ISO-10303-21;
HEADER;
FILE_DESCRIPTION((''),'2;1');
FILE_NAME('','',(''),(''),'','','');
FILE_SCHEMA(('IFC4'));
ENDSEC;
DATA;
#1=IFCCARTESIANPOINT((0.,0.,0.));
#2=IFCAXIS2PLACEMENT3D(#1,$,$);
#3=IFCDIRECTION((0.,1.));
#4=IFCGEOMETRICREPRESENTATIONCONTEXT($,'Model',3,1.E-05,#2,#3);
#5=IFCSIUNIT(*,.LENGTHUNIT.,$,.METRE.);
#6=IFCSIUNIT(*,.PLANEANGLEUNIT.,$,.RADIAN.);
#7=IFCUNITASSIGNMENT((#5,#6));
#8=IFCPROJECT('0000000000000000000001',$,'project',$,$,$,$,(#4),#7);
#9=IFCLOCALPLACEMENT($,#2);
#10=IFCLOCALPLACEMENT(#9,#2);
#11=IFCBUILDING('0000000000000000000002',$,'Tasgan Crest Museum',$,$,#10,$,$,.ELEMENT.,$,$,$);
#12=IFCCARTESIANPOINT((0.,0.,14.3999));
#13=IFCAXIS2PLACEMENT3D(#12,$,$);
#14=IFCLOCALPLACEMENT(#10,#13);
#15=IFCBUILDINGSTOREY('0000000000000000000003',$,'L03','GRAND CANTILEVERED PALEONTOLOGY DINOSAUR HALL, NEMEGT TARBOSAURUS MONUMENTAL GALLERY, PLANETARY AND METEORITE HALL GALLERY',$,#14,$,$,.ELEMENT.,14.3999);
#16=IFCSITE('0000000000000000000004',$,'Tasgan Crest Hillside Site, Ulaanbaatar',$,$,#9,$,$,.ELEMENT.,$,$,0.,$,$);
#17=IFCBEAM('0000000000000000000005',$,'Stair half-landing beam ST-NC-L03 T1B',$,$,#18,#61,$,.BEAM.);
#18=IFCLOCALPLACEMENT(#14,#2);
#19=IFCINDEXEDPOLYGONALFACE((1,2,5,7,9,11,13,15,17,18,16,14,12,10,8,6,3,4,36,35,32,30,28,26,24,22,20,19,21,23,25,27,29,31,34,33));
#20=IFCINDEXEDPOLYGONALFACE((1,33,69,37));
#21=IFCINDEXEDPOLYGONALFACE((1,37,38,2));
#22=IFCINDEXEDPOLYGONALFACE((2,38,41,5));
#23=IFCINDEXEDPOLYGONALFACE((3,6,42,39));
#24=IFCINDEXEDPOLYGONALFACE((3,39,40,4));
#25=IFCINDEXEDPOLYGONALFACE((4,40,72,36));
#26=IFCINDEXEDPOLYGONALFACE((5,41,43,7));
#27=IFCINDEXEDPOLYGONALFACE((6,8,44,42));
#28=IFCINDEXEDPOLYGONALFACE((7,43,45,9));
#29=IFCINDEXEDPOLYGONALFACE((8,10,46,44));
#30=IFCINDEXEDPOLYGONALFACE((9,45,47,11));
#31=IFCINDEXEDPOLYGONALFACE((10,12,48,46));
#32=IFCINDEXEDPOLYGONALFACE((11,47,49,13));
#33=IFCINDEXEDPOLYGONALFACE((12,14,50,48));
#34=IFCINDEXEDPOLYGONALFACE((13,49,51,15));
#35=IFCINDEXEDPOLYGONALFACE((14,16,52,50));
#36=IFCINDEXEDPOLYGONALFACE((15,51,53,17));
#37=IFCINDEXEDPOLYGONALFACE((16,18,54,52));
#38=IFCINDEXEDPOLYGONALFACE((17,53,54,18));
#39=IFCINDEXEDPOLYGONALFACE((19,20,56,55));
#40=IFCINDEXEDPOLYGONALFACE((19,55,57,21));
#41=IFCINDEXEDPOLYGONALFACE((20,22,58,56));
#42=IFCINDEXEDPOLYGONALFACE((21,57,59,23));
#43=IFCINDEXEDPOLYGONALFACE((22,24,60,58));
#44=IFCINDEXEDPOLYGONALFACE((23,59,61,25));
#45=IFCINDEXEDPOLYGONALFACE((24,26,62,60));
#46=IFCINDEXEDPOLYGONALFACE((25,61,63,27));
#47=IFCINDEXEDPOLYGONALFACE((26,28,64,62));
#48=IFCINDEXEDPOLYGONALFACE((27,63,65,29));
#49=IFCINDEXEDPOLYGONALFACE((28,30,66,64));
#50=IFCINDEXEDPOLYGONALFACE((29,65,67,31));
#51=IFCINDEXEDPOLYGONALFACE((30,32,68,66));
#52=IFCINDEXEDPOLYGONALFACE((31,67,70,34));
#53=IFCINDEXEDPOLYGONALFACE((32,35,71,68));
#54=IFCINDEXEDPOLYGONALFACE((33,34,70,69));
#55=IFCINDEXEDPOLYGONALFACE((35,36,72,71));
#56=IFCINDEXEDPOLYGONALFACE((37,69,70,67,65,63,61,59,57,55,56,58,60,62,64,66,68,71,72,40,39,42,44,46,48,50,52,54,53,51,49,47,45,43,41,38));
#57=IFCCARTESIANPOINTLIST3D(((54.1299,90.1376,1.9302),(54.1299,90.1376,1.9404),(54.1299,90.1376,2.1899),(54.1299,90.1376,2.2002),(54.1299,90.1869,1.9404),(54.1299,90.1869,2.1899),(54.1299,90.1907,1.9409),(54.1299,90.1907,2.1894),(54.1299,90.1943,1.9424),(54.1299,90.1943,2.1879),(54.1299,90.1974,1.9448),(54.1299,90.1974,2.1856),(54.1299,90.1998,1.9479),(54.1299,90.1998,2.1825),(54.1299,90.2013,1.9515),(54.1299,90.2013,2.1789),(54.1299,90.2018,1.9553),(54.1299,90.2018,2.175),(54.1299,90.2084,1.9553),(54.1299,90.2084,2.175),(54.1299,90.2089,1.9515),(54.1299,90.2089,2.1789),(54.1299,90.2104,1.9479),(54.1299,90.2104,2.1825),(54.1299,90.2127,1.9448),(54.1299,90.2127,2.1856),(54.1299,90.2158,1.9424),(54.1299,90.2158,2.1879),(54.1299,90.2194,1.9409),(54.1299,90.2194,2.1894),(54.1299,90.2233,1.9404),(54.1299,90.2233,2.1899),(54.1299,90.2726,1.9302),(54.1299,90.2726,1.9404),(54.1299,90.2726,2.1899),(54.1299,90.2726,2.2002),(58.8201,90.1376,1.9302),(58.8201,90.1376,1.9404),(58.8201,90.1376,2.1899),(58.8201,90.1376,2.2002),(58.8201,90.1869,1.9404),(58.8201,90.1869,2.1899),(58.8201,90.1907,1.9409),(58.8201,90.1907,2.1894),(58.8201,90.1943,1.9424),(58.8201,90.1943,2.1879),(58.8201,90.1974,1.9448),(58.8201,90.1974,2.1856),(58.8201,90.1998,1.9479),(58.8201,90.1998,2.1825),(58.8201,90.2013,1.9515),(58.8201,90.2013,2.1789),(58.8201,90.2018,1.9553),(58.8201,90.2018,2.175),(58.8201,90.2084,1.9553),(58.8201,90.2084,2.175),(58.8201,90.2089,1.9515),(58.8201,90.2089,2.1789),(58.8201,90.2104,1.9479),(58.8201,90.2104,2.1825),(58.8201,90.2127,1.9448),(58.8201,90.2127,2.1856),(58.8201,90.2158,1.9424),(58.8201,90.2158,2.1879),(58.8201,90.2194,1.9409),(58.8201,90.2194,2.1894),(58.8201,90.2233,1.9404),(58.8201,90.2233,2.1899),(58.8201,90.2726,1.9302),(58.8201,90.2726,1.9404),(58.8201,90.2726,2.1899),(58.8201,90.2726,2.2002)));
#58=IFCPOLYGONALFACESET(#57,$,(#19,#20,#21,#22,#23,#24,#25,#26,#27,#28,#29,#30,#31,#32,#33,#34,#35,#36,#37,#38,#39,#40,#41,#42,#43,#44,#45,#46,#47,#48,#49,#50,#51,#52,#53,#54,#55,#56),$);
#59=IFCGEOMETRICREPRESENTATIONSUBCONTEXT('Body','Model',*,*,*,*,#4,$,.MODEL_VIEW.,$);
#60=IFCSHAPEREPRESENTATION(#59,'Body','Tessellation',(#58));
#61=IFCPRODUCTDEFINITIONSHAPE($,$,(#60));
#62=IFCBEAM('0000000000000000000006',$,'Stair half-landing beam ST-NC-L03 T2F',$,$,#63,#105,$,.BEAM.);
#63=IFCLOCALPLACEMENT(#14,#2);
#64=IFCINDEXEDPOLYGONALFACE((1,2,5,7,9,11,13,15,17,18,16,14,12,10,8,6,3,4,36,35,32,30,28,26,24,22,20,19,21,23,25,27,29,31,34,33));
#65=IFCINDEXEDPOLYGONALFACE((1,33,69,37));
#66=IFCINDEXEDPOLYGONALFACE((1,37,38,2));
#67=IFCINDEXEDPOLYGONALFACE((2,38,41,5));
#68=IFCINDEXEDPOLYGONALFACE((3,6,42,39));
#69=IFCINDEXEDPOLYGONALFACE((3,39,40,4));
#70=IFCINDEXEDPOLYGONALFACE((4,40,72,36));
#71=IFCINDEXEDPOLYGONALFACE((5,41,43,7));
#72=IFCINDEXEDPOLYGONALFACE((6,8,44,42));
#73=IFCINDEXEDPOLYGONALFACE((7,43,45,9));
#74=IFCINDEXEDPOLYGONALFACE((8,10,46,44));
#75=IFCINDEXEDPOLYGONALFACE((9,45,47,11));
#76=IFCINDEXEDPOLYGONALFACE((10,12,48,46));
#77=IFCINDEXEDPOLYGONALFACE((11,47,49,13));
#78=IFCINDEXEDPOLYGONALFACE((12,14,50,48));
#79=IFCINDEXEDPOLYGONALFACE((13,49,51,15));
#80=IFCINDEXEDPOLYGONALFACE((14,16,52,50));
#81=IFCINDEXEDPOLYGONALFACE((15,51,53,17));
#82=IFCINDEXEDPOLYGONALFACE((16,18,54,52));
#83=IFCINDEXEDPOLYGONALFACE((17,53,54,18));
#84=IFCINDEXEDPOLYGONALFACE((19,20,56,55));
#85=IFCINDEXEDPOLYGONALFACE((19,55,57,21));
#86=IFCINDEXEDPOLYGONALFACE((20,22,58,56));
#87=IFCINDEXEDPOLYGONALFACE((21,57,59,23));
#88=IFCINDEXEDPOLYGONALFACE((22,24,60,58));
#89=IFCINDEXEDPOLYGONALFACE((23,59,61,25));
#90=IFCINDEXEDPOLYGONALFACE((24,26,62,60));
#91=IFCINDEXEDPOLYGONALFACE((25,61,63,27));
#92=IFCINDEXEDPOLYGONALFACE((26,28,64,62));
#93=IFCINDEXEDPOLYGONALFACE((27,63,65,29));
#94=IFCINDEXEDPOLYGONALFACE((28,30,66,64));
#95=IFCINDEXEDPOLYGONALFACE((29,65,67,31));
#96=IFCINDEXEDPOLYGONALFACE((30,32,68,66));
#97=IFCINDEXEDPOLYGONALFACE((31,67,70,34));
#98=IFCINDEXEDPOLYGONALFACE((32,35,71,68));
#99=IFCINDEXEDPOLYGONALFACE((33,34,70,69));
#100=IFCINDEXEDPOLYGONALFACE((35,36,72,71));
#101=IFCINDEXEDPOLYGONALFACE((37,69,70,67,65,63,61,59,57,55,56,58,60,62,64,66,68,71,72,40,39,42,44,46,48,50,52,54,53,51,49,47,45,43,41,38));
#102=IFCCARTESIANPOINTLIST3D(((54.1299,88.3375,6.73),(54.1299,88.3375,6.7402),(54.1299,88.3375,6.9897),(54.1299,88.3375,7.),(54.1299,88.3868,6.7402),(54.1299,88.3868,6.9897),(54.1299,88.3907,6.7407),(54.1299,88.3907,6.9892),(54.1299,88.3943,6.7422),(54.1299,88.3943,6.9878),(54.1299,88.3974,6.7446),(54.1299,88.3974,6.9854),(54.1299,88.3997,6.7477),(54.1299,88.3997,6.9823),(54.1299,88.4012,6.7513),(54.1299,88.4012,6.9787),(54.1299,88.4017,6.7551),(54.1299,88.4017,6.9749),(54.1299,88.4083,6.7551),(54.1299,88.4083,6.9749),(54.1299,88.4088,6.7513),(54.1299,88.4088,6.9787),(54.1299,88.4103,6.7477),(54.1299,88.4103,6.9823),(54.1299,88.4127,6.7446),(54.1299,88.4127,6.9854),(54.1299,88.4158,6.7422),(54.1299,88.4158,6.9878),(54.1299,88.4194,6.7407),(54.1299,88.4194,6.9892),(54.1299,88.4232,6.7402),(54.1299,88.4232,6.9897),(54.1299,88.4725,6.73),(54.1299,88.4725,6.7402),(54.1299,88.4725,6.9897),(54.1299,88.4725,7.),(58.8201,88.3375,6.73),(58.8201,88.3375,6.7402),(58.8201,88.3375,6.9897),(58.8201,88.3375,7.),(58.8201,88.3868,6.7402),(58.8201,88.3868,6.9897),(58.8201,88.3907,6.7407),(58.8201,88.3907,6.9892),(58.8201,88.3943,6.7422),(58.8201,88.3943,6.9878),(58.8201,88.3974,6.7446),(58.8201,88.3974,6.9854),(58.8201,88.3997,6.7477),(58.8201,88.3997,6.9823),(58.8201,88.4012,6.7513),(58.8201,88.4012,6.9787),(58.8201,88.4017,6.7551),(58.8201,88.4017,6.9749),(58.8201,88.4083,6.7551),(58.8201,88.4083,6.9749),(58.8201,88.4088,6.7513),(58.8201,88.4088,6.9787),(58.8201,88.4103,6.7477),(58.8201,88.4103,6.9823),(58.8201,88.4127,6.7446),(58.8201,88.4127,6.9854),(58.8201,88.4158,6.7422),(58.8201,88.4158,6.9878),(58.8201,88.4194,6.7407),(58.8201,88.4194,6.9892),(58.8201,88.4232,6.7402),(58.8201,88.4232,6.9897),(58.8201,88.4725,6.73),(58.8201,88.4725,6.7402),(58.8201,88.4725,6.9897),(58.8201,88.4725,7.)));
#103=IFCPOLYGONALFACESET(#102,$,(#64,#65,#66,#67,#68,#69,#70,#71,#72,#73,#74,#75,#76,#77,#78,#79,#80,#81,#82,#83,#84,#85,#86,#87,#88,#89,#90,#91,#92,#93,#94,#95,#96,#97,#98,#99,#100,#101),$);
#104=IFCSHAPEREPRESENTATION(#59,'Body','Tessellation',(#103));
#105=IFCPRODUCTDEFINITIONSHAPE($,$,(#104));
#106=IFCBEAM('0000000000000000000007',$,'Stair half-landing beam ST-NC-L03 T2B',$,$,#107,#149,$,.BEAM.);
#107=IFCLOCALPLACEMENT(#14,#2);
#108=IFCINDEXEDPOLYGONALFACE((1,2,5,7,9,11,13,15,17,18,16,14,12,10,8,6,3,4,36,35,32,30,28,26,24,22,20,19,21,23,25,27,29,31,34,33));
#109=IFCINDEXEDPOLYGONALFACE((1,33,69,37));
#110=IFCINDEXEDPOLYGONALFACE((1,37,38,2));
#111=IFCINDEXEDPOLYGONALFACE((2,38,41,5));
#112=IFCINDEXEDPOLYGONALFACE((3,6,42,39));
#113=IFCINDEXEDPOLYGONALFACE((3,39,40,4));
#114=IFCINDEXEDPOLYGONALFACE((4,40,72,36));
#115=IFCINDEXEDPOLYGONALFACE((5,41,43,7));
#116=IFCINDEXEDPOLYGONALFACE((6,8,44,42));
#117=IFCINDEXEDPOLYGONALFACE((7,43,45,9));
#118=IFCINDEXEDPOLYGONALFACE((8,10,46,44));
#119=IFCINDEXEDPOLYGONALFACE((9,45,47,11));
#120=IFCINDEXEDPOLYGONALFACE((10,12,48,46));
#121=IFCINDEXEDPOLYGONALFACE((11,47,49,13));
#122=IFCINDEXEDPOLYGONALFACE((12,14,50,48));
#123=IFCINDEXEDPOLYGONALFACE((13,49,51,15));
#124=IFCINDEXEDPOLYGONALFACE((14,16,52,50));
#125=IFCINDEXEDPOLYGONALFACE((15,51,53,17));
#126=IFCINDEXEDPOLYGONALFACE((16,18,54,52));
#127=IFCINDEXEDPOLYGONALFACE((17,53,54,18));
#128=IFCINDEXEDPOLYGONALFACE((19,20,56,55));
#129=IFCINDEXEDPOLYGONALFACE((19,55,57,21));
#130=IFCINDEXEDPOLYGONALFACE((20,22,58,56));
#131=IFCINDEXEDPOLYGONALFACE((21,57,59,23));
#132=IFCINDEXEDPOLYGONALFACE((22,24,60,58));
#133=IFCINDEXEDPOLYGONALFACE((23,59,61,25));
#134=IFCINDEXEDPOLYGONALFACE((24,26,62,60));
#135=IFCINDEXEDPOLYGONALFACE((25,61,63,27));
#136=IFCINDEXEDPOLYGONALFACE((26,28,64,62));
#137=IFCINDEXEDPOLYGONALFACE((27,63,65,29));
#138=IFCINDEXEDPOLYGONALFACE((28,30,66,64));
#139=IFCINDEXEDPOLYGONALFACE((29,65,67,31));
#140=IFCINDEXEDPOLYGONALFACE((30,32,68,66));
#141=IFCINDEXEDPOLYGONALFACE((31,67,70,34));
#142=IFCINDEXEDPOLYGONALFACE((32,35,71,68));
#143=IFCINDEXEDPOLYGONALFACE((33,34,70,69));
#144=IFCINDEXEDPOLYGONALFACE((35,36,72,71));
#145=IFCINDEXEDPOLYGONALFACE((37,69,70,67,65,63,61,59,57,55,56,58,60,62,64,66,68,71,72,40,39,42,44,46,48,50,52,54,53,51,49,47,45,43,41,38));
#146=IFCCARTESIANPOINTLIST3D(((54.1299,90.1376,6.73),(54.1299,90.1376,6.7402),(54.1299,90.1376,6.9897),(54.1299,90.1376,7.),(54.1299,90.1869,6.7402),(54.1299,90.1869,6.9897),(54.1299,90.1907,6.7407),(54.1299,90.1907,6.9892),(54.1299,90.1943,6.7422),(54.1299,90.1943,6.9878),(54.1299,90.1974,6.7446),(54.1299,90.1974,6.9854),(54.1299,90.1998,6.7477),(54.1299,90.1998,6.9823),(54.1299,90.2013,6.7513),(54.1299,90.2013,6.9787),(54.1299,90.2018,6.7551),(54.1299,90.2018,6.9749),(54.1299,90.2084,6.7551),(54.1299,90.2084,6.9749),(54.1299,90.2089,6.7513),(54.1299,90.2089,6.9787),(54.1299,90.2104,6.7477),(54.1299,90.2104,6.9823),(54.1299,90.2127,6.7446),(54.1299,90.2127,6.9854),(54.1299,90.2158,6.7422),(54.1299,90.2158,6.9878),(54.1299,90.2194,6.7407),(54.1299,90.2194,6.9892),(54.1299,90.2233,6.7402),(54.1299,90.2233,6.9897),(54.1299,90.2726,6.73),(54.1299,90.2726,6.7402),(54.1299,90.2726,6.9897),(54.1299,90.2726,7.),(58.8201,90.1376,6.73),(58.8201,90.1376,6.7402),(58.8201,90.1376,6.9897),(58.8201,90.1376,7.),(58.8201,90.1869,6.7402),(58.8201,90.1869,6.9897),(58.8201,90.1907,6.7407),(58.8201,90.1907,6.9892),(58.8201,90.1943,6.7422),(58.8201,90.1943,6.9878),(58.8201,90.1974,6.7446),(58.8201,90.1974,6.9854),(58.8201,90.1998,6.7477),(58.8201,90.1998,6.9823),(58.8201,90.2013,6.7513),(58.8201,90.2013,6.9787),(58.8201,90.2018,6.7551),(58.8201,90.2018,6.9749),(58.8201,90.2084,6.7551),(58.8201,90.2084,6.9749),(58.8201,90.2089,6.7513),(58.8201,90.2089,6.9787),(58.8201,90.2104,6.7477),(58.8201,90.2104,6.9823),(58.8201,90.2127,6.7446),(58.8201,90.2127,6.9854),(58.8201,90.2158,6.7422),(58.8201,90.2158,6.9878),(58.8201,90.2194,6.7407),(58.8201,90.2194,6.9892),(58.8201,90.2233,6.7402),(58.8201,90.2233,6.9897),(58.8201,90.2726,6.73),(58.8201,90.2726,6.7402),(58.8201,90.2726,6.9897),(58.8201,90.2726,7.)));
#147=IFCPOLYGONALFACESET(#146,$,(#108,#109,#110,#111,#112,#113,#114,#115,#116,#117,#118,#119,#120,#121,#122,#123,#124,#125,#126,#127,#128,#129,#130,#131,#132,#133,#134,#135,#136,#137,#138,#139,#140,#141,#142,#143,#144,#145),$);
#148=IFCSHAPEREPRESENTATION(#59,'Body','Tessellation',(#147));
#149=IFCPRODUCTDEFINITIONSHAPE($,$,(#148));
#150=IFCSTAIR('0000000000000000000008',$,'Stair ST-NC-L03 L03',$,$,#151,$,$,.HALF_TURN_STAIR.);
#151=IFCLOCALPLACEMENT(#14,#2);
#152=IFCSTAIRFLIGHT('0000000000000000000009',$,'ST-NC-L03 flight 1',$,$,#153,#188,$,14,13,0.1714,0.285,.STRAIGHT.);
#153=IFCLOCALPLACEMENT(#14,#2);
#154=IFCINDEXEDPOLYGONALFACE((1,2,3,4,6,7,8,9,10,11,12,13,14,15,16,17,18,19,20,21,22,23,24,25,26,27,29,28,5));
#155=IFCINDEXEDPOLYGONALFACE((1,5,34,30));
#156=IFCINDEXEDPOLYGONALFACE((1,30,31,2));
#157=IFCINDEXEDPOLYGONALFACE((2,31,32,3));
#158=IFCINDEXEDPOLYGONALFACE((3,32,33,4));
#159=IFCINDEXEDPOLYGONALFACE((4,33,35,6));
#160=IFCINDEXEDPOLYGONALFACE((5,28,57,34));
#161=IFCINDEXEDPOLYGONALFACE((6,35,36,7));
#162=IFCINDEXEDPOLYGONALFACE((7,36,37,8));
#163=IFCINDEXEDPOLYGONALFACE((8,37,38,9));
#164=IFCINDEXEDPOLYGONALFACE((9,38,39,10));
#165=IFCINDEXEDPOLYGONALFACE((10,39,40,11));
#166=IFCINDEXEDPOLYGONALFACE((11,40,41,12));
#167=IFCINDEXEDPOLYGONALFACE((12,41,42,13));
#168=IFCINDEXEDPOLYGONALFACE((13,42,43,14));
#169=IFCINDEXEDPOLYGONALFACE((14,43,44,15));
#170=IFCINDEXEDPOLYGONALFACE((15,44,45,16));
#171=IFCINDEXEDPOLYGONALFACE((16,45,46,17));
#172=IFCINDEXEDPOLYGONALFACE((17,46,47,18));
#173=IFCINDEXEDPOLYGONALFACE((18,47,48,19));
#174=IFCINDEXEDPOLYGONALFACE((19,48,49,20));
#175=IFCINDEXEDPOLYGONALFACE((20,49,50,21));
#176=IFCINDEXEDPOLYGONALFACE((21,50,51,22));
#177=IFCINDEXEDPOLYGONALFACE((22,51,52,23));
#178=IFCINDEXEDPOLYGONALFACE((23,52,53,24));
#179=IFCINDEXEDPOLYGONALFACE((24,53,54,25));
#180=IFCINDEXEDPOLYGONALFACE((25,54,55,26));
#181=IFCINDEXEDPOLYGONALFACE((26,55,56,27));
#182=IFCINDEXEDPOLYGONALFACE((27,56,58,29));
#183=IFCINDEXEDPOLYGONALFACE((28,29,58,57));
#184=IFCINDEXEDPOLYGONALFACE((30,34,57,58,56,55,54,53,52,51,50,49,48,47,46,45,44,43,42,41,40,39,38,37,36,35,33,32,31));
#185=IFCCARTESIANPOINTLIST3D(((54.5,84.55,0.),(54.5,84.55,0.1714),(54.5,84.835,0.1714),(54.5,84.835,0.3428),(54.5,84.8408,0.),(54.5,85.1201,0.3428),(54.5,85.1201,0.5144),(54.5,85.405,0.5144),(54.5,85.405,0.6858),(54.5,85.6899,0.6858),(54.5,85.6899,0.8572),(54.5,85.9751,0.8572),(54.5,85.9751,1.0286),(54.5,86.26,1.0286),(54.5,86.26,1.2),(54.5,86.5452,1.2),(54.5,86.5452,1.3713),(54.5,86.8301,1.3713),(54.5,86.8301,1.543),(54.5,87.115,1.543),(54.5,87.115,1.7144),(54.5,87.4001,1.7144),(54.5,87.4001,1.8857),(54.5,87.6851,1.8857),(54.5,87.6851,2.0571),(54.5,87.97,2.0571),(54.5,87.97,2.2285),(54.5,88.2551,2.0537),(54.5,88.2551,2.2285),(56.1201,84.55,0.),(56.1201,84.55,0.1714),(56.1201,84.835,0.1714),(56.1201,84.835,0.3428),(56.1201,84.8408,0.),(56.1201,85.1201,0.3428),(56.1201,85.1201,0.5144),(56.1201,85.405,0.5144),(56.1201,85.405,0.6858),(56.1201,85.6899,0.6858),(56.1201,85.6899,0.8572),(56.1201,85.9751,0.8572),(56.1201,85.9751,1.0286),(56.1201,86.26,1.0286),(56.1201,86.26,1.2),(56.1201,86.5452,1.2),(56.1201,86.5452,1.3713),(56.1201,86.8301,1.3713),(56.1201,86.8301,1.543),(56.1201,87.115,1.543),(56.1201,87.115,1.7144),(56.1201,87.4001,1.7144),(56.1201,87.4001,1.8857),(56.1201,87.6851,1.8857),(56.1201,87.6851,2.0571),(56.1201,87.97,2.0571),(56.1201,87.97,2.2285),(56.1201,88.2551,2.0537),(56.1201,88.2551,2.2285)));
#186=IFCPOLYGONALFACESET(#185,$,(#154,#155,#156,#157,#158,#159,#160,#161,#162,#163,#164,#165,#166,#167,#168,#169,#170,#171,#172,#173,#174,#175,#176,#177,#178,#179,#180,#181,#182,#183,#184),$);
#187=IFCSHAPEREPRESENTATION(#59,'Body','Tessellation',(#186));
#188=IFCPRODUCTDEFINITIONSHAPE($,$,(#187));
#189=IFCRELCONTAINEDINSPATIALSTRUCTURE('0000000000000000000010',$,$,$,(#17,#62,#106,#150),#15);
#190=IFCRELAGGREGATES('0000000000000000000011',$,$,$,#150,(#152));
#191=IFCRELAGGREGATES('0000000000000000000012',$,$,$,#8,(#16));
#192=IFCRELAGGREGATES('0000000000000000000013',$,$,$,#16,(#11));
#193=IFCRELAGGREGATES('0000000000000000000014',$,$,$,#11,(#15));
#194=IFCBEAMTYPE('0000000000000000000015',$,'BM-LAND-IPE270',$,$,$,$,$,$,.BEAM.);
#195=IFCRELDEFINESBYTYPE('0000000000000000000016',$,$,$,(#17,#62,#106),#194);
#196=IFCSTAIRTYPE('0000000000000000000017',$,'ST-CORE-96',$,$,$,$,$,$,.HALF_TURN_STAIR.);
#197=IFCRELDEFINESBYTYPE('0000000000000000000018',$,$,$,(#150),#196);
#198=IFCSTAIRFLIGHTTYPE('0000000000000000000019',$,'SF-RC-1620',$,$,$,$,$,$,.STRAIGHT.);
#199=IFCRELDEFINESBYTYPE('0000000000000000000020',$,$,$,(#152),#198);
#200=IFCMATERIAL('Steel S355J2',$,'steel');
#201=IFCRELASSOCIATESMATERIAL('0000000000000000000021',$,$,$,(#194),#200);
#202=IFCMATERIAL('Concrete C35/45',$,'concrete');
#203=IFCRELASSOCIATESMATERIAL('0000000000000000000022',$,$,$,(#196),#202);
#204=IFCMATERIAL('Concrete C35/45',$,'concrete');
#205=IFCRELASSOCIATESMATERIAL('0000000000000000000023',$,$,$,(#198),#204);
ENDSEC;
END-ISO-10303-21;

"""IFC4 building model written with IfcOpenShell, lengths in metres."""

from ifc_helpers import new_model, si_unit, direction, frame, origin, origin_2d, place, context, subcontext, project, spatial, polyline, i_section, outline, extrude, material, material_profile, profile_set, type_object, element, aggregate, save


model = new_model("IFC4")

# Units and contexts
model_context = context("Model", 3, precision=1e-05, world=origin(), true_north=direction((0.0, 1.0)))
body_context = subcontext(model_context, "Body", "Model", "MODEL_VIEW")
ifc_project = project(units=[si_unit("LENGTHUNIT", "METRE"), si_unit("PLANEANGLEUNIT", "RADIAN")], contexts=[model_context])

# Site, building, storey
site_placement = place(None, origin())
site = spatial("IfcSite", under=ifc_project, at=site_placement, Name="Tasgan Crest Hillside Site, Ulaanbaatar", CompositionType="ELEMENT", RefElevation=0.0)
building_placement = place(site_placement, origin())
building = spatial("IfcBuilding", under=site, at=building_placement, Name="Tasgan Crest Museum", CompositionType="ELEMENT")
storey_placement = place(building_placement, frame((0.0, 0.0, 14.3999)))
storey = spatial("IfcBuildingStorey", under=building, at=storey_placement, Name="L03", Description="GRAND CANTILEVERED PALEONTOLOGY DINOSAUR HALL, NEMEGT TARBOSAURUS MONUMENTAL GALLERY, PLANETARY AND METEORITE HALL GALLERY", CompositionType="ELEMENT", Elevation=14.3999)

# Beams
ifc_material_1 = material(Name="Steel S355J2", Category="steel")
ifc_material_profile_1 = material_profile(ifc_material_1, i_section(OverallWidth=0.135, OverallDepth=0.27, WebThickness=0.0066, FlangeThickness=0.0103, FilletRadius=0.0149, at=origin_2d()), Name="IPE 270")
ifc_profile_set_1 = profile_set([ifc_material_profile_1], Name="Steel S355J2")
beam_type_1 = type_object("IfcBeamType", Name="BM-LAND-IPE270", PredefinedType="BEAM", material=ifc_profile_set_1)
for number, where, z_axis, x_axis, name in (
    (1, (54.1299, 90.2051, 2.0652), (1.0, 0.0, 0.0), (0.0, 1.0, 0.0), "Stair half-landing beam ST-NC-L03 T1B"),
    (2, (54.1299, 88.405, 6.865), (1.0, 0.0, 0.0), (0.0, 1.0, 0.0), "Stair half-landing beam ST-NC-L03 T2F"),
    (3, (54.1299, 90.2051, 6.865), (1.0, 0.0, 0.0), (0.0, 1.0, 0.0), "Stair half-landing beam ST-NC-L03 T2B"),
):
    element("IfcBeam", number, at=place(storey_placement, frame(where, z_axis=z_axis, x_axis=x_axis)), inside=storey, type_object=beam_type_1, Name=name, PredefinedType="BEAM", context=body_context, shape_type="SweptSolid", body=[
        extrude(i_section(OverallWidth=0.135, OverallDepth=0.27, WebThickness=0.0066, FlangeThickness=0.0103, FilletRadius=0.0149, at=origin_2d()), origin(), (0.0, 0.0, 1.0), 4.6902),
    ])

# Stair, stair flight
ifc_material_2 = material(Name="Concrete C35/45", Category="concrete")
stair_type = type_object("IfcStairType", Name="ST-CORE-96", PredefinedType="HALF_TURN_STAIR", material=ifc_material_2)
stair_placement = place(storey_placement, origin())
stair = element("IfcStair", 4, at=stair_placement, inside=storey, type_object=stair_type, Name="Stair ST-NC-L03 L03", PredefinedType="HALF_TURN_STAIR")
ifc_material_3 = material(Name="Concrete C35/45", Category="concrete")
stair_flight_type = type_object("IfcStairFlightType", Name="SF-RC-1620", PredefinedType="STRAIGHT", material=ifc_material_3)
stair_flight_1_placement = place(storey_placement, frame((55.3101, 84.55, 0.0), z_axis=(0.0, 0.0, 1.0), x_axis=(0.0, 1.0, 0.0)))
stair_flight_1 = element("IfcStairFlight", 5, at=stair_flight_1_placement, type_object=stair_flight_type, Name="ST-NC-L03 flight 1", NumberOfRisers=14, NumberOfTreads=13, PredefinedType="STRAIGHT", RiserHeight=0.1714, TreadLength=0.285, context=body_context, shape_type="SweptSolid", body=[
    extrude(outline(polyline([(0.0, 0.0), (0.0, 0.1714), (0.2849, 0.1714), (0.2849, 0.3428), (0.5701, 0.3428), (0.5701, 0.5144), (0.855, 0.5144), (0.855, 0.6858), (1.1399, 0.6858), (1.1399, 0.8572), (1.425, 0.8572), (1.425, 1.0286), (1.71, 1.0286), (1.71, 1.2), (1.9951, 1.2), (1.9951, 1.3713), (2.28, 1.3713), (2.28, 1.543), (2.5649, 1.543), (2.5649, 1.7144), (2.8501, 1.7144), (2.8501, 1.8857), (3.135, 1.8857), (3.135, 2.0571), (3.4199, 2.0571), (3.4199, 2.2285), (3.7051, 2.2285), (3.7051, 2.3999), (3.7051, 2.0537), (0.2908, 0.0), (0.0, 0.0)])), frame((0.0, 0.8101, 0.0), z_axis=(0.0, -1.0, 0.0), x_axis=(1.0, 0.0, 0.0)), (0.0, 0.0, 1.0), 1.6201),
])
aggregate(stair, [stair_flight_1])

save(model, "model.ifc")
